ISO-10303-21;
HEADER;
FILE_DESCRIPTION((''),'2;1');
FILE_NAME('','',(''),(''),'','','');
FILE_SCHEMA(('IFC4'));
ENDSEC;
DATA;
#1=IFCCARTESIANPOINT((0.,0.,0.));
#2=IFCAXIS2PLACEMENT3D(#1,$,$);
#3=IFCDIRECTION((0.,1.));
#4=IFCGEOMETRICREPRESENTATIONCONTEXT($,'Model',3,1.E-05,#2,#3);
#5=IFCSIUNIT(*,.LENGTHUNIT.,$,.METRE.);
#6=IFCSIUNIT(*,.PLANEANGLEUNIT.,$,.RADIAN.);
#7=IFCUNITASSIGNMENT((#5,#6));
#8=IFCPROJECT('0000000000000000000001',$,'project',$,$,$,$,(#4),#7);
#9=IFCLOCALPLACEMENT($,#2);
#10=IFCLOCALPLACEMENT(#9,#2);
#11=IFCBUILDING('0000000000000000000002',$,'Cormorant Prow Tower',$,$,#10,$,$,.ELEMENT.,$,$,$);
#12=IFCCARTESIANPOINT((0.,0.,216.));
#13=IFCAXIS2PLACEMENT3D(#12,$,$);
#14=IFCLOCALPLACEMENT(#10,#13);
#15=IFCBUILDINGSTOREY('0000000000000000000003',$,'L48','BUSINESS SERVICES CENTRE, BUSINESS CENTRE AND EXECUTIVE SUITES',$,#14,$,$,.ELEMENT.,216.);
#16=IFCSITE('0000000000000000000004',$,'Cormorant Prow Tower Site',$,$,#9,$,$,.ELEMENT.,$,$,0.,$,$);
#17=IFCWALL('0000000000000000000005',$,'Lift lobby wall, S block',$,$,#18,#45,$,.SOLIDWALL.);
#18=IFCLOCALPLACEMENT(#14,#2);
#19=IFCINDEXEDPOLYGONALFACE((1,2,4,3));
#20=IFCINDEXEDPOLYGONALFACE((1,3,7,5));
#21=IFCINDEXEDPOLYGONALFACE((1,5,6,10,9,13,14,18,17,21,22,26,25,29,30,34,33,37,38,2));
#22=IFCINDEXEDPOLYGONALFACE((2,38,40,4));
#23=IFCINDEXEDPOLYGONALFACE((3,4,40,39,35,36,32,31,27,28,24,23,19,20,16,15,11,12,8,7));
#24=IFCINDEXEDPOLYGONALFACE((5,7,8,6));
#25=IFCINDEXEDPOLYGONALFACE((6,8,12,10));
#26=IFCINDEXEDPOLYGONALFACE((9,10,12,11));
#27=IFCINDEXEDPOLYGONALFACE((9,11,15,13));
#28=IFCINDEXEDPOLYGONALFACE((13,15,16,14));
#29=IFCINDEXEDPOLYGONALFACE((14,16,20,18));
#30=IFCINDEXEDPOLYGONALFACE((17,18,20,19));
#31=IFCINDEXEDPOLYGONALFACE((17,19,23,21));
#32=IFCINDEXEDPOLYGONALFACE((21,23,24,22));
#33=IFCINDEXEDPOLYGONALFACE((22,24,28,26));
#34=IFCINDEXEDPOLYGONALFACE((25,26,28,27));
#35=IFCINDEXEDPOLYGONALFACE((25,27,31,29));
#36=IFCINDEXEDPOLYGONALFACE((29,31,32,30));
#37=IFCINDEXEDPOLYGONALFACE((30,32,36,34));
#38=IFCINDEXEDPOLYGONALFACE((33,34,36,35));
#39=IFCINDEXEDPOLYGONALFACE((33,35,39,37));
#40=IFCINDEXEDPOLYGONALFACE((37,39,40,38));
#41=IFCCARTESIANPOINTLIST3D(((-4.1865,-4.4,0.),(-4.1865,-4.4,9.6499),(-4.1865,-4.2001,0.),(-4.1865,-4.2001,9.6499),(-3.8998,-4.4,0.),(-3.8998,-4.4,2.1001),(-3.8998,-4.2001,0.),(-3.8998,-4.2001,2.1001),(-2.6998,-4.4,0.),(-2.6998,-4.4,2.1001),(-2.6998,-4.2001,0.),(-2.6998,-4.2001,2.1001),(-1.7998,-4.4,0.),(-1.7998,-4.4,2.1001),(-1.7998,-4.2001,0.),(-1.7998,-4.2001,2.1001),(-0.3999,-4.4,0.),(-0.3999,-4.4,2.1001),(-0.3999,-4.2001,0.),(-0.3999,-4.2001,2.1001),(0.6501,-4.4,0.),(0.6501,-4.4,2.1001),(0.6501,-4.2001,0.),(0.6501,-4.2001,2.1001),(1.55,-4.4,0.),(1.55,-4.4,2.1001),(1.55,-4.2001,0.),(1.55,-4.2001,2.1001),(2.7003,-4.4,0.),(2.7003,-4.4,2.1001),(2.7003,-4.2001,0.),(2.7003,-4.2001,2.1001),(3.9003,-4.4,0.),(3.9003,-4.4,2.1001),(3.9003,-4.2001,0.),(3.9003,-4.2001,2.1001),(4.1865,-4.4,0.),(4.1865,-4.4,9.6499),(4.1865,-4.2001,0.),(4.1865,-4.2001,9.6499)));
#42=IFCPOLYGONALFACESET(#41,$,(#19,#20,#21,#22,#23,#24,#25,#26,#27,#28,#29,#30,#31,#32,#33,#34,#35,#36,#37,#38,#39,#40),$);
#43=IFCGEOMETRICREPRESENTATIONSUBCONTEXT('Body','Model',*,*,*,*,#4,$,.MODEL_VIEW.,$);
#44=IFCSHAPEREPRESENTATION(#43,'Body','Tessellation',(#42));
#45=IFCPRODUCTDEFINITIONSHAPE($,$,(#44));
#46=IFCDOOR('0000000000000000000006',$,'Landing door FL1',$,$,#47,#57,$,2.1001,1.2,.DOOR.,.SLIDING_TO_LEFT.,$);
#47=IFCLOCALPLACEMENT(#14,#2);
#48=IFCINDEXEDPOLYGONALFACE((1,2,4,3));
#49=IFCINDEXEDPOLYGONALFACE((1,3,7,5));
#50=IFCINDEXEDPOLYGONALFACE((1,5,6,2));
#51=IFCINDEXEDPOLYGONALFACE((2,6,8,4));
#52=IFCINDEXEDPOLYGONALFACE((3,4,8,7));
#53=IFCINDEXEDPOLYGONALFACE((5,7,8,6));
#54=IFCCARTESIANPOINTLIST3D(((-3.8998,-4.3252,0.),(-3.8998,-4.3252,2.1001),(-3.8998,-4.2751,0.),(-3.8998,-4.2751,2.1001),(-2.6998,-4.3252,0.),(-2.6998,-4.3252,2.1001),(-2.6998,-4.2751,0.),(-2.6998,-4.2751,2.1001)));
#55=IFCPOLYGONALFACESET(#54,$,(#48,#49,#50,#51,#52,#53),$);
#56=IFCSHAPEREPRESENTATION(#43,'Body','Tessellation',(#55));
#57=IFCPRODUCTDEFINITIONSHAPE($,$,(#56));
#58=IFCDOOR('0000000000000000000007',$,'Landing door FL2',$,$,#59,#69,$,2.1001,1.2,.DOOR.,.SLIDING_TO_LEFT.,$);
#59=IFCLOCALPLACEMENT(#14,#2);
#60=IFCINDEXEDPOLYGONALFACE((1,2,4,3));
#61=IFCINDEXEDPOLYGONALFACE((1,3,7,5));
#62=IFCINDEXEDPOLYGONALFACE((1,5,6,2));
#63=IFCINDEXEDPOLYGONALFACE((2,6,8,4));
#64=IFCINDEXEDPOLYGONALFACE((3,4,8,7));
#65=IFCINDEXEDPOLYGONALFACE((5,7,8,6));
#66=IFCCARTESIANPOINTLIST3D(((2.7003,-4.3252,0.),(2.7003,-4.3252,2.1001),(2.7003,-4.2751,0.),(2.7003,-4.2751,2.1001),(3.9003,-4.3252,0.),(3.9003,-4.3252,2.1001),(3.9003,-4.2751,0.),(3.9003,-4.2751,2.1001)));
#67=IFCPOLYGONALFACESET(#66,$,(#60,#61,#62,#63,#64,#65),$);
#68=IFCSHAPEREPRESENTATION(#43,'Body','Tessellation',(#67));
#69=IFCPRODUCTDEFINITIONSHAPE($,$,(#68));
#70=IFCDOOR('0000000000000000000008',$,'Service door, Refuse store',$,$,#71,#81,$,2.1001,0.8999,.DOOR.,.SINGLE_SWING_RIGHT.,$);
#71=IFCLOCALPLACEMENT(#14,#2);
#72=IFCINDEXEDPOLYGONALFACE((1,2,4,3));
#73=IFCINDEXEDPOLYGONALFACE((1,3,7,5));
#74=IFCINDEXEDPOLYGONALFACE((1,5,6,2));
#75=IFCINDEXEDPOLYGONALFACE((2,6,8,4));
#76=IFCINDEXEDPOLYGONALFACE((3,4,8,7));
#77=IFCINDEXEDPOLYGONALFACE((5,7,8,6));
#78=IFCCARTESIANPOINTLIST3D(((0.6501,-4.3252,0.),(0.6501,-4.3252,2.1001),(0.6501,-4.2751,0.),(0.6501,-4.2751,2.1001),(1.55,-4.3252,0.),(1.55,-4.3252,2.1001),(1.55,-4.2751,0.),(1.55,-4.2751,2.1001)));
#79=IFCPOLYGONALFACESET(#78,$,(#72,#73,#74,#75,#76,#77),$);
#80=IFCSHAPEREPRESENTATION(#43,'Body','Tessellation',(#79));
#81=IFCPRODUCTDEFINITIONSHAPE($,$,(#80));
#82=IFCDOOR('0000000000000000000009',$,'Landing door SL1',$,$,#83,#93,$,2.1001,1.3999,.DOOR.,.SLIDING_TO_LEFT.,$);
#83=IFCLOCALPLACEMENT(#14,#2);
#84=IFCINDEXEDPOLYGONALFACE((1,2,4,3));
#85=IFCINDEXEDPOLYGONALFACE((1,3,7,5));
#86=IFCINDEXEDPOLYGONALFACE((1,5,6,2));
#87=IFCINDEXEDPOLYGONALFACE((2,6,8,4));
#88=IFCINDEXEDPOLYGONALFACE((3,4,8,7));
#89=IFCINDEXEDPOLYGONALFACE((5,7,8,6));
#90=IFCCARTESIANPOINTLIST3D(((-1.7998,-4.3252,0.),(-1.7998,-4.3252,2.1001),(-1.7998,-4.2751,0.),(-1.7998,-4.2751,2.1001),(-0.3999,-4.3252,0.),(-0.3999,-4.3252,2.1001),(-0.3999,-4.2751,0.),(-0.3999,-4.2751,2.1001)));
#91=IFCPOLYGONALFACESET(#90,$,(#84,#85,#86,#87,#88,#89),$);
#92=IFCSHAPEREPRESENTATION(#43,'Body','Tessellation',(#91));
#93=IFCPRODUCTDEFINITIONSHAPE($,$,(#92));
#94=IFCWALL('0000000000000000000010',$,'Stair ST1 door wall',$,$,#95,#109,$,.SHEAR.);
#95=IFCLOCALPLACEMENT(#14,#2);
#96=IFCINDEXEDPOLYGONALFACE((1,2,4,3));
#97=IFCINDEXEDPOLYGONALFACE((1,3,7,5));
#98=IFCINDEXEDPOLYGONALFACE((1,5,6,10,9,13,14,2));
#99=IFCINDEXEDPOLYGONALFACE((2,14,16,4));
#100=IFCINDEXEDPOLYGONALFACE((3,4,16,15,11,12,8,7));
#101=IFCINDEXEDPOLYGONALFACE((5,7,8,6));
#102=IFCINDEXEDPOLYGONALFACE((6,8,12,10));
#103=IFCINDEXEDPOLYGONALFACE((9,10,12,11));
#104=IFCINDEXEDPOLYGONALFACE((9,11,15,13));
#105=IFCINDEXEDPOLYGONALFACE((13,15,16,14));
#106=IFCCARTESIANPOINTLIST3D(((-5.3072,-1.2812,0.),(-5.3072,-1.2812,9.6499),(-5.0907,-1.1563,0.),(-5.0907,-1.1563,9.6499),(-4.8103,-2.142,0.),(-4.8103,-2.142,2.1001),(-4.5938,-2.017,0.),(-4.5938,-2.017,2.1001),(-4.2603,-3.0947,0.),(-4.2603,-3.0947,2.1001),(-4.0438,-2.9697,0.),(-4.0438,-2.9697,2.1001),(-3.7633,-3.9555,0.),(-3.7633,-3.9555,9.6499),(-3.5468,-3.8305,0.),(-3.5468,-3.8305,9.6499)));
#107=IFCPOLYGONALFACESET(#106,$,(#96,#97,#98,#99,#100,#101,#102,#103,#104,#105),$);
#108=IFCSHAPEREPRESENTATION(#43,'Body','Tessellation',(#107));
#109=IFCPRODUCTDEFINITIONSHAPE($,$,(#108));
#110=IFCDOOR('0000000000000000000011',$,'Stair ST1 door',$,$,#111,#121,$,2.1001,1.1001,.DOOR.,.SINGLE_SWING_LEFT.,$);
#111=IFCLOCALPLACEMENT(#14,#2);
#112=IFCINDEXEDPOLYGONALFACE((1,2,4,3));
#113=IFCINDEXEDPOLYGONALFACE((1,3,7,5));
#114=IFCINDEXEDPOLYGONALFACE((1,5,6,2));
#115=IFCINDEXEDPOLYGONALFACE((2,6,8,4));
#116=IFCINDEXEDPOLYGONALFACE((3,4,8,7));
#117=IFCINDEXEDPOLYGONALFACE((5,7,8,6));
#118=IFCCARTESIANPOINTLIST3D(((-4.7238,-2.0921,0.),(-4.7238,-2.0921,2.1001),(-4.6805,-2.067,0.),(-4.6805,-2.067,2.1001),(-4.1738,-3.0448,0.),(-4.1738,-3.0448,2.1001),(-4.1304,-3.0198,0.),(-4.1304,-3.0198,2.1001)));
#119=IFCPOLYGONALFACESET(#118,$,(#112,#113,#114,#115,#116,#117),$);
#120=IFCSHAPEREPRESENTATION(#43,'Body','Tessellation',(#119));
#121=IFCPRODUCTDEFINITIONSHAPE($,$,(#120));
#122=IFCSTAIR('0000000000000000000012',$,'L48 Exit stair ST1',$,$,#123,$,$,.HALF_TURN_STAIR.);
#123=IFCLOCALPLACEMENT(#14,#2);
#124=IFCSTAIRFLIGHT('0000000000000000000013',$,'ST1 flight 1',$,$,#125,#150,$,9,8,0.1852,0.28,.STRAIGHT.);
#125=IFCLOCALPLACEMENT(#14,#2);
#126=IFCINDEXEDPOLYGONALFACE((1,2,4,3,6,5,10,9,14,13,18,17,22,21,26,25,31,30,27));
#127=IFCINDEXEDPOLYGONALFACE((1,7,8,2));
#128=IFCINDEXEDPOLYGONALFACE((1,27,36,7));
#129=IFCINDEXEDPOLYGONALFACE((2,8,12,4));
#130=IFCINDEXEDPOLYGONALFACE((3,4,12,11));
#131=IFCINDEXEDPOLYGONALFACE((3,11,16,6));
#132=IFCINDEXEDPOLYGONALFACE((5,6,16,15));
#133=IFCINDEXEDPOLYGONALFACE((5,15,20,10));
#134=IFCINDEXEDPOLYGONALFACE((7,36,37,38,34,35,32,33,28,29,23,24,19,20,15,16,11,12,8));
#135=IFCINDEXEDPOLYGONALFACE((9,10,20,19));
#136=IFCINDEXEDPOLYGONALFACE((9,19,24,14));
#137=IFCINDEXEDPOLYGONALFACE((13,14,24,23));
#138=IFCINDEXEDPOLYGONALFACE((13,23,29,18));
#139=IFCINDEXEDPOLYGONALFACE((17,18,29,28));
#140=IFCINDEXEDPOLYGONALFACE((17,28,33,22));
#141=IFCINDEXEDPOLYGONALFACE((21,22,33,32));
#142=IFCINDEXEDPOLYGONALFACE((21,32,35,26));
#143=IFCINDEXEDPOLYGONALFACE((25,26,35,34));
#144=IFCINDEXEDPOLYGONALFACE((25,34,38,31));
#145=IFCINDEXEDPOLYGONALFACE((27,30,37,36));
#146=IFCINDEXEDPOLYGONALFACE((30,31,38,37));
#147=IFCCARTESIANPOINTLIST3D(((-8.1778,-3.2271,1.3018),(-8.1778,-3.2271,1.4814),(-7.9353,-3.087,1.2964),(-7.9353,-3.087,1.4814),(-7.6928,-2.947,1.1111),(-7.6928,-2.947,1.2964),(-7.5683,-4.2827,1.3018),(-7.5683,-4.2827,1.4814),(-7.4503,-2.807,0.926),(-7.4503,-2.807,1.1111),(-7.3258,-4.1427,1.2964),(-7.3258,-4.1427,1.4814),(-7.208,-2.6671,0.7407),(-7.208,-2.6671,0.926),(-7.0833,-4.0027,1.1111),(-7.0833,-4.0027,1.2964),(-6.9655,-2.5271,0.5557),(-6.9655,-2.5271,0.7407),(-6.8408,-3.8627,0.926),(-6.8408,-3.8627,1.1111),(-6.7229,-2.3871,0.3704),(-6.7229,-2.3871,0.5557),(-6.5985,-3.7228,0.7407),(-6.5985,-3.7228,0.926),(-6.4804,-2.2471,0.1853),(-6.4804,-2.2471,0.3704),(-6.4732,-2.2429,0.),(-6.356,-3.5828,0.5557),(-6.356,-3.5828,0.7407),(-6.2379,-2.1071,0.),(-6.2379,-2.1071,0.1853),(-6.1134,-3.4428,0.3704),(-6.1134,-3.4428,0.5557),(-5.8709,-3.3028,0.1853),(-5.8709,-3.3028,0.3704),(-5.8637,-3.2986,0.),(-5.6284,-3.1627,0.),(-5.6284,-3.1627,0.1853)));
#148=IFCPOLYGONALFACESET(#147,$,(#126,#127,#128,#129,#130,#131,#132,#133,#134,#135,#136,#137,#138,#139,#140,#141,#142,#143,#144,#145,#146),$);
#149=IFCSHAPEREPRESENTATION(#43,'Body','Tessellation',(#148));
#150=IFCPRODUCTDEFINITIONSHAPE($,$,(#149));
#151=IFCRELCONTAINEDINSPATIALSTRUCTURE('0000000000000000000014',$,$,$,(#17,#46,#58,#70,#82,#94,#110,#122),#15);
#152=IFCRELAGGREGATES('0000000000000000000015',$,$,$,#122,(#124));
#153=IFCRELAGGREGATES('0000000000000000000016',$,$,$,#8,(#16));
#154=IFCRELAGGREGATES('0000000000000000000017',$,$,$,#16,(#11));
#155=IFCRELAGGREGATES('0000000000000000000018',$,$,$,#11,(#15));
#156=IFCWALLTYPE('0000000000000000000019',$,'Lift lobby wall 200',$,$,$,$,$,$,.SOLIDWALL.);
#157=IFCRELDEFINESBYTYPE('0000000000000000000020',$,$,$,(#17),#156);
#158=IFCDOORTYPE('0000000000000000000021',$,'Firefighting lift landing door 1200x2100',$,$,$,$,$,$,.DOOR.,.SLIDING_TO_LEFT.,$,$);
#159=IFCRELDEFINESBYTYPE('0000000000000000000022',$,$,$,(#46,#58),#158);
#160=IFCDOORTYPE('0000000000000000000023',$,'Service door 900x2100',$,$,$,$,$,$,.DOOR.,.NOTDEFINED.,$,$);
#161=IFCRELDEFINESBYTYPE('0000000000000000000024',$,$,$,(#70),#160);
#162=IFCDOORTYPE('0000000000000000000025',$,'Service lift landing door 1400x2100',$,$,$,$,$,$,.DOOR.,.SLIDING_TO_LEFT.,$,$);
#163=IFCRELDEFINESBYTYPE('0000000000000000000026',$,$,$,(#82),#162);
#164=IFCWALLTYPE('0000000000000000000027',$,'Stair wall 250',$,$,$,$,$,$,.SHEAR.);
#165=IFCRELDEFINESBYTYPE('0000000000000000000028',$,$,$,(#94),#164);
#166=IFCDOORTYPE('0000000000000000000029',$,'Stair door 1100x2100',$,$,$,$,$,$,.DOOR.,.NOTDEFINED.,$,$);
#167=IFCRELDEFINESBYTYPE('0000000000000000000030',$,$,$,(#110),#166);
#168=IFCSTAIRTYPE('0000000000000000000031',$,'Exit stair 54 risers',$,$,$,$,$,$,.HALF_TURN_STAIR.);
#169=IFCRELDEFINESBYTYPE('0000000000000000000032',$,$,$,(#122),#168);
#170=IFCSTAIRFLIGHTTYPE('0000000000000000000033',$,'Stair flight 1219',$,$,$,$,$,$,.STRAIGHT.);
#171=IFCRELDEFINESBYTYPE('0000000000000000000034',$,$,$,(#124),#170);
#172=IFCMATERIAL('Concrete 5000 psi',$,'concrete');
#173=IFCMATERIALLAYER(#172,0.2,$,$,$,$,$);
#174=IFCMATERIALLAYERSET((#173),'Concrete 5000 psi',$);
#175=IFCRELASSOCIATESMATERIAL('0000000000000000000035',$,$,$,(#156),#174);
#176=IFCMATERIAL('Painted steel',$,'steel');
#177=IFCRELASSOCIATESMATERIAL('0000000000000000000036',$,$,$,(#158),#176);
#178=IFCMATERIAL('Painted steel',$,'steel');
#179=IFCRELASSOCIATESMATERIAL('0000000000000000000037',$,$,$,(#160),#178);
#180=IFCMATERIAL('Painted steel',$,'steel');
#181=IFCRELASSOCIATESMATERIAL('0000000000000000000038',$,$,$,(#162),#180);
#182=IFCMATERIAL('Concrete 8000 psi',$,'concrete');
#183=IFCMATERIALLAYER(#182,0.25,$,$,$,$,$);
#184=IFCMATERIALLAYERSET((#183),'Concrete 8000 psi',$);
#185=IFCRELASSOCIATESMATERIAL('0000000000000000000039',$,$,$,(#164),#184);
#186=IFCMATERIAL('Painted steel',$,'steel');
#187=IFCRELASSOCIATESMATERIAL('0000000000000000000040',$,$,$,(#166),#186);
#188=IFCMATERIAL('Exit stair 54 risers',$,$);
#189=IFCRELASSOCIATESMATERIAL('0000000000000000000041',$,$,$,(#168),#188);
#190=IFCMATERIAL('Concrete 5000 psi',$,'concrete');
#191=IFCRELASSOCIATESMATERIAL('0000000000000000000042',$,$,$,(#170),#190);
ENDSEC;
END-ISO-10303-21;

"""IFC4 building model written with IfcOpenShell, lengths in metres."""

from ifc_helpers import new_model, si_unit, direction, frame, frame_2d, origin, place, context, subcontext, project, spatial, polyline, rectangle, outline, extrude, material, layer, layer_set, type_object, element, fill, aggregate, save


model = new_model("IFC4")

# Units and contexts
model_context = context("Model", 3, precision=1e-05, world=origin(), true_north=direction((0.0, 1.0)))
body_context = subcontext(model_context, "Body", "Model", "MODEL_VIEW")
ifc_project = project(units=[si_unit("LENGTHUNIT", "METRE"), si_unit("PLANEANGLEUNIT", "RADIAN")], contexts=[model_context])

# Site, building, storey
site_placement = place(None, origin())
site = spatial("IfcSite", under=ifc_project, at=site_placement, Name="Cormorant Prow Tower Site", CompositionType="ELEMENT", RefElevation=0.0)
building_placement = place(site_placement, origin())
building = spatial("IfcBuilding", under=site, at=building_placement, Name="Cormorant Prow Tower", CompositionType="ELEMENT")
storey_placement = place(building_placement, frame((0.0, 0.0, 216.0)))
storey = spatial("IfcBuildingStorey", under=building, at=storey_placement, Name="L48", Description="BUSINESS SERVICES CENTRE, BUSINESS CENTRE AND EXECUTIVE SUITES", CompositionType="ELEMENT", Elevation=216.0)

# Wall, openings, doors
ifc_material_1 = material(Name="Concrete 5000 psi", Category="concrete")
ifc_layer_1 = layer(ifc_material_1, 0.2)
ifc_layer_set_1 = layer_set([ifc_layer_1], Name="Concrete 5000 psi")
wall_type_1 = type_object("IfcWallType", Name="Lift lobby wall 200", PredefinedType="SOLIDWALL", material=ifc_layer_set_1)
wall_1_placement = place(storey_placement, frame((-4.1865, -4.3, 0.0), z_axis=(0.0, 0.0, 1.0), x_axis=(1.0, 0.0, 0.0)))
wall_1 = element("IfcWall", 1, at=wall_1_placement, inside=storey, type_object=wall_type_1, Name="Lift lobby wall, S block", PredefinedType="SOLIDWALL", context=body_context, shape_type="SweptSolid", body=[
    extrude(rectangle(XDim=8.373, YDim=0.2, at=frame_2d((4.1865, 0.0))), origin(), (0.0, 0.0, 1.0), 9.6499),
])
opening_1_placement = place(wall_1_placement, frame((0.2866, 0.0, 0.0)))
opening_1 = element("IfcOpeningElement", 2, at=opening_1_placement, cuts=wall_1, PredefinedType="OPENING", context=body_context, shape_type="SweptSolid", body=[
    extrude(rectangle(XDim=1.2, YDim=2.1001, at=frame_2d((0.6001, 1.05))), frame((0.0, 0.1099, 0.0), z_axis=(0.0, -1.0, 0.0), x_axis=(1.0, 0.0, 0.0)), (0.0, 0.0, 1.0), 0.22),
])
opening_2_placement = place(wall_1_placement, frame((2.3867, 0.0, 0.0)))
opening_2 = element("IfcOpeningElement", 3, at=opening_2_placement, cuts=wall_1, PredefinedType="OPENING", context=body_context, shape_type="SweptSolid", body=[
    extrude(rectangle(XDim=1.3999, YDim=2.1001, at=frame_2d((0.7, 1.05))), frame((0.0, 0.1099, 0.0), z_axis=(0.0, -1.0, 0.0), x_axis=(1.0, 0.0, 0.0)), (0.0, 0.0, 1.0), 0.22),
])
opening_3_placement = place(wall_1_placement, frame((4.8367, 0.0, 0.0)))
opening_3 = element("IfcOpeningElement", 4, at=opening_3_placement, cuts=wall_1, PredefinedType="OPENING", context=body_context, shape_type="SweptSolid", body=[
    extrude(rectangle(XDim=0.8999, YDim=2.1001, at=frame_2d((0.45, 1.05))), frame((0.0, 0.1099, 0.0), z_axis=(0.0, -1.0, 0.0), x_axis=(1.0, 0.0, 0.0)), (0.0, 0.0, 1.0), 0.22),
])
opening_4_placement = place(wall_1_placement, frame((6.8867, 0.0, 0.0)))
opening_4 = element("IfcOpeningElement", 5, at=opening_4_placement, cuts=wall_1, PredefinedType="OPENING", context=body_context, shape_type="SweptSolid", body=[
    extrude(rectangle(XDim=1.2, YDim=2.1001, at=frame_2d((0.6001, 1.05))), frame((0.0, 0.1099, 0.0), z_axis=(0.0, -1.0, 0.0), x_axis=(1.0, 0.0, 0.0)), (0.0, 0.0, 1.0), 0.22),
])
ifc_material_2 = material(Name="Painted steel", Category="steel")
door_type_1 = type_object("IfcDoorType", Name="Firefighting lift landing door 1200x2100", OperationType="SLIDING_TO_LEFT", PredefinedType="DOOR", material=ifc_material_2)
door_1_placement = place(opening_1_placement, origin())
door_1 = element("IfcDoor", 6, at=door_1_placement, inside=storey, type_object=door_type_1, Name="Landing door FL1", OperationType="SLIDING_TO_LEFT", OverallHeight=2.1001, OverallWidth=1.2, PredefinedType="DOOR", context=body_context, shape_type="SweptSolid", body=[
    extrude(rectangle(XDim=1.2, YDim=2.1001, at=frame_2d((0.6001, 1.05))), frame((0.0, 0.0249, 0.0), z_axis=(0.0, -1.0, 0.0), x_axis=(1.0, 0.0, 0.0)), (0.0, 0.0, 1.0), 0.05),
])
fill(opening_1, door_1)
door_2_placement = place(opening_4_placement, origin())
door_2 = element("IfcDoor", 7, at=door_2_placement, inside=storey, type_object=door_type_1, Name="Landing door FL2", OperationType="SLIDING_TO_LEFT", OverallHeight=2.1001, OverallWidth=1.2, PredefinedType="DOOR", context=body_context, shape_type="SweptSolid", body=[
    extrude(rectangle(XDim=1.2, YDim=2.1001, at=frame_2d((0.6001, 1.05))), frame((0.0, 0.0249, 0.0), z_axis=(0.0, -1.0, 0.0), x_axis=(1.0, 0.0, 0.0)), (0.0, 0.0, 1.0), 0.05),
])
fill(opening_4, door_2)
ifc_material_3 = material(Name="Painted steel", Category="steel")
door_type_2 = type_object("IfcDoorType", Name="Service door 900x2100", OperationType="NOTDEFINED", PredefinedType="DOOR", material=ifc_material_3)
door_3_placement = place(opening_3_placement, origin())
door_3 = element("IfcDoor", 8, at=door_3_placement, inside=storey, type_object=door_type_2, Name="Service door, Refuse store", OperationType="SINGLE_SWING_RIGHT", OverallHeight=2.1001, OverallWidth=0.8999, PredefinedType="DOOR", context=body_context, shape_type="SweptSolid", body=[
    extrude(rectangle(XDim=0.8999, YDim=2.1001, at=frame_2d((0.45, 1.05))), frame((0.0, 0.0249, 0.0), z_axis=(0.0, -1.0, 0.0), x_axis=(1.0, 0.0, 0.0)), (0.0, 0.0, 1.0), 0.05),
])
fill(opening_3, door_3)
ifc_material_4 = material(Name="Painted steel", Category="steel")
door_type_3 = type_object("IfcDoorType", Name="Service lift landing door 1400x2100", OperationType="SLIDING_TO_LEFT", PredefinedType="DOOR", material=ifc_material_4)
door_4_placement = place(opening_2_placement, origin())
door_4 = element("IfcDoor", 9, at=door_4_placement, inside=storey, type_object=door_type_3, Name="Landing door SL1", OperationType="SLIDING_TO_LEFT", OverallHeight=2.1001, OverallWidth=1.3999, PredefinedType="DOOR", context=body_context, shape_type="SweptSolid", body=[
    extrude(rectangle(XDim=1.3999, YDim=2.1001, at=frame_2d((0.7, 1.05))), frame((0.0, 0.0249, 0.0), z_axis=(0.0, -1.0, 0.0), x_axis=(1.0, 0.0, 0.0)), (0.0, 0.0, 1.0), 0.05),
])
fill(opening_2, door_4)

# Wall, opening, door
ifc_material_5 = material(Name="Concrete 8000 psi", Category="concrete")
ifc_layer_2 = layer(ifc_material_5, 0.25)
ifc_layer_set_2 = layer_set([ifc_layer_2], Name="Concrete 8000 psi")
wall_type_2 = type_object("IfcWallType", Name="Stair wall 250", PredefinedType="SHEAR", material=ifc_layer_set_2)
wall_2_placement = place(storey_placement, frame((-5.199, -1.2188, 0.0), z_axis=(0.0, 0.0, 1.0), x_axis=(0.499983, -0.866035, 0.0)))
wall_2 = element("IfcWall", 10, at=wall_2_placement, inside=storey, type_object=wall_type_2, Name="Stair ST1 door wall", PredefinedType="SHEAR", context=body_context, shape_type="SweptSolid", body=[
    extrude(rectangle(XDim=3.0879, YDim=0.25, at=frame_2d((1.5439, 0.0))), origin(), (0.0, 0.0, 1.0), 9.6499),
])
opening_5_placement = place(wall_2_placement, frame((0.9939, 0.0, 0.0)))
opening_5 = element("IfcOpeningElement", 11, at=opening_5_placement, cuts=wall_2, PredefinedType="OPENING", context=body_context, shape_type="SweptSolid", body=[
    extrude(rectangle(XDim=1.1001, YDim=2.1001, at=frame_2d((0.55, 1.05))), frame((0.0, 0.135, 0.0), z_axis=(0.0, -1.0, 0.0), x_axis=(1.0, 0.0, 0.0)), (0.0, 0.0, 1.0), 0.27),
])
ifc_material_6 = material(Name="Painted steel", Category="steel")
door_type_4 = type_object("IfcDoorType", Name="Stair door 1100x2100", OperationType="NOTDEFINED", PredefinedType="DOOR", material=ifc_material_6)
door_5_placement = place(opening_5_placement, origin())
door_5 = element("IfcDoor", 12, at=door_5_placement, inside=storey, type_object=door_type_4, Name="Stair ST1 door", OperationType="SINGLE_SWING_LEFT", OverallHeight=2.1001, OverallWidth=1.1001, PredefinedType="DOOR", context=body_context, shape_type="SweptSolid", body=[
    extrude(rectangle(XDim=1.1001, YDim=2.1001, at=frame_2d((0.55, 1.05))), frame((0.0, 0.0249, 0.0), z_axis=(0.0, -1.0, 0.0), x_axis=(1.0, 0.0, 0.0)), (0.0, 0.0, 1.0), 0.05),
])
fill(opening_5, door_5)

# Stair, stair flight
ifc_material_7 = material(Name="Exit stair 54 risers")
stair_type = type_object("IfcStairType", Name="Exit stair 54 risers", PredefinedType="HALF_TURN_STAIR", material=ifc_material_7)
stair_placement = place(storey_placement, origin())
stair = element("IfcStair", 13, at=stair_placement, inside=storey, type_object=stair_type, Name="L48 Exit stair ST1", PredefinedType="HALF_TURN_STAIR")
ifc_material_8 = material(Name="Concrete 5000 psi", Category="concrete")
stair_flight_type = type_object("IfcStairFlightType", Name="Stair flight 1219", PredefinedType="STRAIGHT", material=ifc_material_8)
stair_flight_1_placement = place(storey_placement, frame((-5.9331, -2.635, 0.0), z_axis=(0.0, 0.0, 1.0), x_axis=(-0.866025, -0.5, 0.0)))
stair_flight_1 = element("IfcStairFlight", 14, at=stair_flight_1_placement, type_object=stair_flight_type, Name="ST1 flight 1", NumberOfRisers=9, NumberOfTreads=8, PredefinedType="STRAIGHT", RiserHeight=0.1852, TreadLength=0.28, context=body_context, shape_type="SweptSolid", body=[
    extrude(outline(polyline([(0.0, 0.0), (0.0, 0.1853), (0.28, 0.1853), (0.28, 0.3704), (0.5601, 0.3704), (0.5601, 0.5557), (0.8401, 0.5557), (0.8401, 0.7407), (1.1201, 0.7407), (1.1201, 0.926), (1.3999, 0.926), (1.3999, 1.1111), (1.6799, 1.1111), (1.6799, 1.2964), (1.96, 1.2964), (1.96, 1.4814), (2.24, 1.4814), (2.24, 1.6667), (2.24, 1.3018), (0.2717, 0.0), (0.0, 0.0)])), frame((0.0, 0.6094, 0.0), z_axis=(0.0, -1.0, 0.0), x_axis=(1.0, 0.0, 0.0)), (0.0, 0.0, 1.0), 1.219),
])
aggregate(stair, [stair_flight_1])

save(model, "model.ifc")
